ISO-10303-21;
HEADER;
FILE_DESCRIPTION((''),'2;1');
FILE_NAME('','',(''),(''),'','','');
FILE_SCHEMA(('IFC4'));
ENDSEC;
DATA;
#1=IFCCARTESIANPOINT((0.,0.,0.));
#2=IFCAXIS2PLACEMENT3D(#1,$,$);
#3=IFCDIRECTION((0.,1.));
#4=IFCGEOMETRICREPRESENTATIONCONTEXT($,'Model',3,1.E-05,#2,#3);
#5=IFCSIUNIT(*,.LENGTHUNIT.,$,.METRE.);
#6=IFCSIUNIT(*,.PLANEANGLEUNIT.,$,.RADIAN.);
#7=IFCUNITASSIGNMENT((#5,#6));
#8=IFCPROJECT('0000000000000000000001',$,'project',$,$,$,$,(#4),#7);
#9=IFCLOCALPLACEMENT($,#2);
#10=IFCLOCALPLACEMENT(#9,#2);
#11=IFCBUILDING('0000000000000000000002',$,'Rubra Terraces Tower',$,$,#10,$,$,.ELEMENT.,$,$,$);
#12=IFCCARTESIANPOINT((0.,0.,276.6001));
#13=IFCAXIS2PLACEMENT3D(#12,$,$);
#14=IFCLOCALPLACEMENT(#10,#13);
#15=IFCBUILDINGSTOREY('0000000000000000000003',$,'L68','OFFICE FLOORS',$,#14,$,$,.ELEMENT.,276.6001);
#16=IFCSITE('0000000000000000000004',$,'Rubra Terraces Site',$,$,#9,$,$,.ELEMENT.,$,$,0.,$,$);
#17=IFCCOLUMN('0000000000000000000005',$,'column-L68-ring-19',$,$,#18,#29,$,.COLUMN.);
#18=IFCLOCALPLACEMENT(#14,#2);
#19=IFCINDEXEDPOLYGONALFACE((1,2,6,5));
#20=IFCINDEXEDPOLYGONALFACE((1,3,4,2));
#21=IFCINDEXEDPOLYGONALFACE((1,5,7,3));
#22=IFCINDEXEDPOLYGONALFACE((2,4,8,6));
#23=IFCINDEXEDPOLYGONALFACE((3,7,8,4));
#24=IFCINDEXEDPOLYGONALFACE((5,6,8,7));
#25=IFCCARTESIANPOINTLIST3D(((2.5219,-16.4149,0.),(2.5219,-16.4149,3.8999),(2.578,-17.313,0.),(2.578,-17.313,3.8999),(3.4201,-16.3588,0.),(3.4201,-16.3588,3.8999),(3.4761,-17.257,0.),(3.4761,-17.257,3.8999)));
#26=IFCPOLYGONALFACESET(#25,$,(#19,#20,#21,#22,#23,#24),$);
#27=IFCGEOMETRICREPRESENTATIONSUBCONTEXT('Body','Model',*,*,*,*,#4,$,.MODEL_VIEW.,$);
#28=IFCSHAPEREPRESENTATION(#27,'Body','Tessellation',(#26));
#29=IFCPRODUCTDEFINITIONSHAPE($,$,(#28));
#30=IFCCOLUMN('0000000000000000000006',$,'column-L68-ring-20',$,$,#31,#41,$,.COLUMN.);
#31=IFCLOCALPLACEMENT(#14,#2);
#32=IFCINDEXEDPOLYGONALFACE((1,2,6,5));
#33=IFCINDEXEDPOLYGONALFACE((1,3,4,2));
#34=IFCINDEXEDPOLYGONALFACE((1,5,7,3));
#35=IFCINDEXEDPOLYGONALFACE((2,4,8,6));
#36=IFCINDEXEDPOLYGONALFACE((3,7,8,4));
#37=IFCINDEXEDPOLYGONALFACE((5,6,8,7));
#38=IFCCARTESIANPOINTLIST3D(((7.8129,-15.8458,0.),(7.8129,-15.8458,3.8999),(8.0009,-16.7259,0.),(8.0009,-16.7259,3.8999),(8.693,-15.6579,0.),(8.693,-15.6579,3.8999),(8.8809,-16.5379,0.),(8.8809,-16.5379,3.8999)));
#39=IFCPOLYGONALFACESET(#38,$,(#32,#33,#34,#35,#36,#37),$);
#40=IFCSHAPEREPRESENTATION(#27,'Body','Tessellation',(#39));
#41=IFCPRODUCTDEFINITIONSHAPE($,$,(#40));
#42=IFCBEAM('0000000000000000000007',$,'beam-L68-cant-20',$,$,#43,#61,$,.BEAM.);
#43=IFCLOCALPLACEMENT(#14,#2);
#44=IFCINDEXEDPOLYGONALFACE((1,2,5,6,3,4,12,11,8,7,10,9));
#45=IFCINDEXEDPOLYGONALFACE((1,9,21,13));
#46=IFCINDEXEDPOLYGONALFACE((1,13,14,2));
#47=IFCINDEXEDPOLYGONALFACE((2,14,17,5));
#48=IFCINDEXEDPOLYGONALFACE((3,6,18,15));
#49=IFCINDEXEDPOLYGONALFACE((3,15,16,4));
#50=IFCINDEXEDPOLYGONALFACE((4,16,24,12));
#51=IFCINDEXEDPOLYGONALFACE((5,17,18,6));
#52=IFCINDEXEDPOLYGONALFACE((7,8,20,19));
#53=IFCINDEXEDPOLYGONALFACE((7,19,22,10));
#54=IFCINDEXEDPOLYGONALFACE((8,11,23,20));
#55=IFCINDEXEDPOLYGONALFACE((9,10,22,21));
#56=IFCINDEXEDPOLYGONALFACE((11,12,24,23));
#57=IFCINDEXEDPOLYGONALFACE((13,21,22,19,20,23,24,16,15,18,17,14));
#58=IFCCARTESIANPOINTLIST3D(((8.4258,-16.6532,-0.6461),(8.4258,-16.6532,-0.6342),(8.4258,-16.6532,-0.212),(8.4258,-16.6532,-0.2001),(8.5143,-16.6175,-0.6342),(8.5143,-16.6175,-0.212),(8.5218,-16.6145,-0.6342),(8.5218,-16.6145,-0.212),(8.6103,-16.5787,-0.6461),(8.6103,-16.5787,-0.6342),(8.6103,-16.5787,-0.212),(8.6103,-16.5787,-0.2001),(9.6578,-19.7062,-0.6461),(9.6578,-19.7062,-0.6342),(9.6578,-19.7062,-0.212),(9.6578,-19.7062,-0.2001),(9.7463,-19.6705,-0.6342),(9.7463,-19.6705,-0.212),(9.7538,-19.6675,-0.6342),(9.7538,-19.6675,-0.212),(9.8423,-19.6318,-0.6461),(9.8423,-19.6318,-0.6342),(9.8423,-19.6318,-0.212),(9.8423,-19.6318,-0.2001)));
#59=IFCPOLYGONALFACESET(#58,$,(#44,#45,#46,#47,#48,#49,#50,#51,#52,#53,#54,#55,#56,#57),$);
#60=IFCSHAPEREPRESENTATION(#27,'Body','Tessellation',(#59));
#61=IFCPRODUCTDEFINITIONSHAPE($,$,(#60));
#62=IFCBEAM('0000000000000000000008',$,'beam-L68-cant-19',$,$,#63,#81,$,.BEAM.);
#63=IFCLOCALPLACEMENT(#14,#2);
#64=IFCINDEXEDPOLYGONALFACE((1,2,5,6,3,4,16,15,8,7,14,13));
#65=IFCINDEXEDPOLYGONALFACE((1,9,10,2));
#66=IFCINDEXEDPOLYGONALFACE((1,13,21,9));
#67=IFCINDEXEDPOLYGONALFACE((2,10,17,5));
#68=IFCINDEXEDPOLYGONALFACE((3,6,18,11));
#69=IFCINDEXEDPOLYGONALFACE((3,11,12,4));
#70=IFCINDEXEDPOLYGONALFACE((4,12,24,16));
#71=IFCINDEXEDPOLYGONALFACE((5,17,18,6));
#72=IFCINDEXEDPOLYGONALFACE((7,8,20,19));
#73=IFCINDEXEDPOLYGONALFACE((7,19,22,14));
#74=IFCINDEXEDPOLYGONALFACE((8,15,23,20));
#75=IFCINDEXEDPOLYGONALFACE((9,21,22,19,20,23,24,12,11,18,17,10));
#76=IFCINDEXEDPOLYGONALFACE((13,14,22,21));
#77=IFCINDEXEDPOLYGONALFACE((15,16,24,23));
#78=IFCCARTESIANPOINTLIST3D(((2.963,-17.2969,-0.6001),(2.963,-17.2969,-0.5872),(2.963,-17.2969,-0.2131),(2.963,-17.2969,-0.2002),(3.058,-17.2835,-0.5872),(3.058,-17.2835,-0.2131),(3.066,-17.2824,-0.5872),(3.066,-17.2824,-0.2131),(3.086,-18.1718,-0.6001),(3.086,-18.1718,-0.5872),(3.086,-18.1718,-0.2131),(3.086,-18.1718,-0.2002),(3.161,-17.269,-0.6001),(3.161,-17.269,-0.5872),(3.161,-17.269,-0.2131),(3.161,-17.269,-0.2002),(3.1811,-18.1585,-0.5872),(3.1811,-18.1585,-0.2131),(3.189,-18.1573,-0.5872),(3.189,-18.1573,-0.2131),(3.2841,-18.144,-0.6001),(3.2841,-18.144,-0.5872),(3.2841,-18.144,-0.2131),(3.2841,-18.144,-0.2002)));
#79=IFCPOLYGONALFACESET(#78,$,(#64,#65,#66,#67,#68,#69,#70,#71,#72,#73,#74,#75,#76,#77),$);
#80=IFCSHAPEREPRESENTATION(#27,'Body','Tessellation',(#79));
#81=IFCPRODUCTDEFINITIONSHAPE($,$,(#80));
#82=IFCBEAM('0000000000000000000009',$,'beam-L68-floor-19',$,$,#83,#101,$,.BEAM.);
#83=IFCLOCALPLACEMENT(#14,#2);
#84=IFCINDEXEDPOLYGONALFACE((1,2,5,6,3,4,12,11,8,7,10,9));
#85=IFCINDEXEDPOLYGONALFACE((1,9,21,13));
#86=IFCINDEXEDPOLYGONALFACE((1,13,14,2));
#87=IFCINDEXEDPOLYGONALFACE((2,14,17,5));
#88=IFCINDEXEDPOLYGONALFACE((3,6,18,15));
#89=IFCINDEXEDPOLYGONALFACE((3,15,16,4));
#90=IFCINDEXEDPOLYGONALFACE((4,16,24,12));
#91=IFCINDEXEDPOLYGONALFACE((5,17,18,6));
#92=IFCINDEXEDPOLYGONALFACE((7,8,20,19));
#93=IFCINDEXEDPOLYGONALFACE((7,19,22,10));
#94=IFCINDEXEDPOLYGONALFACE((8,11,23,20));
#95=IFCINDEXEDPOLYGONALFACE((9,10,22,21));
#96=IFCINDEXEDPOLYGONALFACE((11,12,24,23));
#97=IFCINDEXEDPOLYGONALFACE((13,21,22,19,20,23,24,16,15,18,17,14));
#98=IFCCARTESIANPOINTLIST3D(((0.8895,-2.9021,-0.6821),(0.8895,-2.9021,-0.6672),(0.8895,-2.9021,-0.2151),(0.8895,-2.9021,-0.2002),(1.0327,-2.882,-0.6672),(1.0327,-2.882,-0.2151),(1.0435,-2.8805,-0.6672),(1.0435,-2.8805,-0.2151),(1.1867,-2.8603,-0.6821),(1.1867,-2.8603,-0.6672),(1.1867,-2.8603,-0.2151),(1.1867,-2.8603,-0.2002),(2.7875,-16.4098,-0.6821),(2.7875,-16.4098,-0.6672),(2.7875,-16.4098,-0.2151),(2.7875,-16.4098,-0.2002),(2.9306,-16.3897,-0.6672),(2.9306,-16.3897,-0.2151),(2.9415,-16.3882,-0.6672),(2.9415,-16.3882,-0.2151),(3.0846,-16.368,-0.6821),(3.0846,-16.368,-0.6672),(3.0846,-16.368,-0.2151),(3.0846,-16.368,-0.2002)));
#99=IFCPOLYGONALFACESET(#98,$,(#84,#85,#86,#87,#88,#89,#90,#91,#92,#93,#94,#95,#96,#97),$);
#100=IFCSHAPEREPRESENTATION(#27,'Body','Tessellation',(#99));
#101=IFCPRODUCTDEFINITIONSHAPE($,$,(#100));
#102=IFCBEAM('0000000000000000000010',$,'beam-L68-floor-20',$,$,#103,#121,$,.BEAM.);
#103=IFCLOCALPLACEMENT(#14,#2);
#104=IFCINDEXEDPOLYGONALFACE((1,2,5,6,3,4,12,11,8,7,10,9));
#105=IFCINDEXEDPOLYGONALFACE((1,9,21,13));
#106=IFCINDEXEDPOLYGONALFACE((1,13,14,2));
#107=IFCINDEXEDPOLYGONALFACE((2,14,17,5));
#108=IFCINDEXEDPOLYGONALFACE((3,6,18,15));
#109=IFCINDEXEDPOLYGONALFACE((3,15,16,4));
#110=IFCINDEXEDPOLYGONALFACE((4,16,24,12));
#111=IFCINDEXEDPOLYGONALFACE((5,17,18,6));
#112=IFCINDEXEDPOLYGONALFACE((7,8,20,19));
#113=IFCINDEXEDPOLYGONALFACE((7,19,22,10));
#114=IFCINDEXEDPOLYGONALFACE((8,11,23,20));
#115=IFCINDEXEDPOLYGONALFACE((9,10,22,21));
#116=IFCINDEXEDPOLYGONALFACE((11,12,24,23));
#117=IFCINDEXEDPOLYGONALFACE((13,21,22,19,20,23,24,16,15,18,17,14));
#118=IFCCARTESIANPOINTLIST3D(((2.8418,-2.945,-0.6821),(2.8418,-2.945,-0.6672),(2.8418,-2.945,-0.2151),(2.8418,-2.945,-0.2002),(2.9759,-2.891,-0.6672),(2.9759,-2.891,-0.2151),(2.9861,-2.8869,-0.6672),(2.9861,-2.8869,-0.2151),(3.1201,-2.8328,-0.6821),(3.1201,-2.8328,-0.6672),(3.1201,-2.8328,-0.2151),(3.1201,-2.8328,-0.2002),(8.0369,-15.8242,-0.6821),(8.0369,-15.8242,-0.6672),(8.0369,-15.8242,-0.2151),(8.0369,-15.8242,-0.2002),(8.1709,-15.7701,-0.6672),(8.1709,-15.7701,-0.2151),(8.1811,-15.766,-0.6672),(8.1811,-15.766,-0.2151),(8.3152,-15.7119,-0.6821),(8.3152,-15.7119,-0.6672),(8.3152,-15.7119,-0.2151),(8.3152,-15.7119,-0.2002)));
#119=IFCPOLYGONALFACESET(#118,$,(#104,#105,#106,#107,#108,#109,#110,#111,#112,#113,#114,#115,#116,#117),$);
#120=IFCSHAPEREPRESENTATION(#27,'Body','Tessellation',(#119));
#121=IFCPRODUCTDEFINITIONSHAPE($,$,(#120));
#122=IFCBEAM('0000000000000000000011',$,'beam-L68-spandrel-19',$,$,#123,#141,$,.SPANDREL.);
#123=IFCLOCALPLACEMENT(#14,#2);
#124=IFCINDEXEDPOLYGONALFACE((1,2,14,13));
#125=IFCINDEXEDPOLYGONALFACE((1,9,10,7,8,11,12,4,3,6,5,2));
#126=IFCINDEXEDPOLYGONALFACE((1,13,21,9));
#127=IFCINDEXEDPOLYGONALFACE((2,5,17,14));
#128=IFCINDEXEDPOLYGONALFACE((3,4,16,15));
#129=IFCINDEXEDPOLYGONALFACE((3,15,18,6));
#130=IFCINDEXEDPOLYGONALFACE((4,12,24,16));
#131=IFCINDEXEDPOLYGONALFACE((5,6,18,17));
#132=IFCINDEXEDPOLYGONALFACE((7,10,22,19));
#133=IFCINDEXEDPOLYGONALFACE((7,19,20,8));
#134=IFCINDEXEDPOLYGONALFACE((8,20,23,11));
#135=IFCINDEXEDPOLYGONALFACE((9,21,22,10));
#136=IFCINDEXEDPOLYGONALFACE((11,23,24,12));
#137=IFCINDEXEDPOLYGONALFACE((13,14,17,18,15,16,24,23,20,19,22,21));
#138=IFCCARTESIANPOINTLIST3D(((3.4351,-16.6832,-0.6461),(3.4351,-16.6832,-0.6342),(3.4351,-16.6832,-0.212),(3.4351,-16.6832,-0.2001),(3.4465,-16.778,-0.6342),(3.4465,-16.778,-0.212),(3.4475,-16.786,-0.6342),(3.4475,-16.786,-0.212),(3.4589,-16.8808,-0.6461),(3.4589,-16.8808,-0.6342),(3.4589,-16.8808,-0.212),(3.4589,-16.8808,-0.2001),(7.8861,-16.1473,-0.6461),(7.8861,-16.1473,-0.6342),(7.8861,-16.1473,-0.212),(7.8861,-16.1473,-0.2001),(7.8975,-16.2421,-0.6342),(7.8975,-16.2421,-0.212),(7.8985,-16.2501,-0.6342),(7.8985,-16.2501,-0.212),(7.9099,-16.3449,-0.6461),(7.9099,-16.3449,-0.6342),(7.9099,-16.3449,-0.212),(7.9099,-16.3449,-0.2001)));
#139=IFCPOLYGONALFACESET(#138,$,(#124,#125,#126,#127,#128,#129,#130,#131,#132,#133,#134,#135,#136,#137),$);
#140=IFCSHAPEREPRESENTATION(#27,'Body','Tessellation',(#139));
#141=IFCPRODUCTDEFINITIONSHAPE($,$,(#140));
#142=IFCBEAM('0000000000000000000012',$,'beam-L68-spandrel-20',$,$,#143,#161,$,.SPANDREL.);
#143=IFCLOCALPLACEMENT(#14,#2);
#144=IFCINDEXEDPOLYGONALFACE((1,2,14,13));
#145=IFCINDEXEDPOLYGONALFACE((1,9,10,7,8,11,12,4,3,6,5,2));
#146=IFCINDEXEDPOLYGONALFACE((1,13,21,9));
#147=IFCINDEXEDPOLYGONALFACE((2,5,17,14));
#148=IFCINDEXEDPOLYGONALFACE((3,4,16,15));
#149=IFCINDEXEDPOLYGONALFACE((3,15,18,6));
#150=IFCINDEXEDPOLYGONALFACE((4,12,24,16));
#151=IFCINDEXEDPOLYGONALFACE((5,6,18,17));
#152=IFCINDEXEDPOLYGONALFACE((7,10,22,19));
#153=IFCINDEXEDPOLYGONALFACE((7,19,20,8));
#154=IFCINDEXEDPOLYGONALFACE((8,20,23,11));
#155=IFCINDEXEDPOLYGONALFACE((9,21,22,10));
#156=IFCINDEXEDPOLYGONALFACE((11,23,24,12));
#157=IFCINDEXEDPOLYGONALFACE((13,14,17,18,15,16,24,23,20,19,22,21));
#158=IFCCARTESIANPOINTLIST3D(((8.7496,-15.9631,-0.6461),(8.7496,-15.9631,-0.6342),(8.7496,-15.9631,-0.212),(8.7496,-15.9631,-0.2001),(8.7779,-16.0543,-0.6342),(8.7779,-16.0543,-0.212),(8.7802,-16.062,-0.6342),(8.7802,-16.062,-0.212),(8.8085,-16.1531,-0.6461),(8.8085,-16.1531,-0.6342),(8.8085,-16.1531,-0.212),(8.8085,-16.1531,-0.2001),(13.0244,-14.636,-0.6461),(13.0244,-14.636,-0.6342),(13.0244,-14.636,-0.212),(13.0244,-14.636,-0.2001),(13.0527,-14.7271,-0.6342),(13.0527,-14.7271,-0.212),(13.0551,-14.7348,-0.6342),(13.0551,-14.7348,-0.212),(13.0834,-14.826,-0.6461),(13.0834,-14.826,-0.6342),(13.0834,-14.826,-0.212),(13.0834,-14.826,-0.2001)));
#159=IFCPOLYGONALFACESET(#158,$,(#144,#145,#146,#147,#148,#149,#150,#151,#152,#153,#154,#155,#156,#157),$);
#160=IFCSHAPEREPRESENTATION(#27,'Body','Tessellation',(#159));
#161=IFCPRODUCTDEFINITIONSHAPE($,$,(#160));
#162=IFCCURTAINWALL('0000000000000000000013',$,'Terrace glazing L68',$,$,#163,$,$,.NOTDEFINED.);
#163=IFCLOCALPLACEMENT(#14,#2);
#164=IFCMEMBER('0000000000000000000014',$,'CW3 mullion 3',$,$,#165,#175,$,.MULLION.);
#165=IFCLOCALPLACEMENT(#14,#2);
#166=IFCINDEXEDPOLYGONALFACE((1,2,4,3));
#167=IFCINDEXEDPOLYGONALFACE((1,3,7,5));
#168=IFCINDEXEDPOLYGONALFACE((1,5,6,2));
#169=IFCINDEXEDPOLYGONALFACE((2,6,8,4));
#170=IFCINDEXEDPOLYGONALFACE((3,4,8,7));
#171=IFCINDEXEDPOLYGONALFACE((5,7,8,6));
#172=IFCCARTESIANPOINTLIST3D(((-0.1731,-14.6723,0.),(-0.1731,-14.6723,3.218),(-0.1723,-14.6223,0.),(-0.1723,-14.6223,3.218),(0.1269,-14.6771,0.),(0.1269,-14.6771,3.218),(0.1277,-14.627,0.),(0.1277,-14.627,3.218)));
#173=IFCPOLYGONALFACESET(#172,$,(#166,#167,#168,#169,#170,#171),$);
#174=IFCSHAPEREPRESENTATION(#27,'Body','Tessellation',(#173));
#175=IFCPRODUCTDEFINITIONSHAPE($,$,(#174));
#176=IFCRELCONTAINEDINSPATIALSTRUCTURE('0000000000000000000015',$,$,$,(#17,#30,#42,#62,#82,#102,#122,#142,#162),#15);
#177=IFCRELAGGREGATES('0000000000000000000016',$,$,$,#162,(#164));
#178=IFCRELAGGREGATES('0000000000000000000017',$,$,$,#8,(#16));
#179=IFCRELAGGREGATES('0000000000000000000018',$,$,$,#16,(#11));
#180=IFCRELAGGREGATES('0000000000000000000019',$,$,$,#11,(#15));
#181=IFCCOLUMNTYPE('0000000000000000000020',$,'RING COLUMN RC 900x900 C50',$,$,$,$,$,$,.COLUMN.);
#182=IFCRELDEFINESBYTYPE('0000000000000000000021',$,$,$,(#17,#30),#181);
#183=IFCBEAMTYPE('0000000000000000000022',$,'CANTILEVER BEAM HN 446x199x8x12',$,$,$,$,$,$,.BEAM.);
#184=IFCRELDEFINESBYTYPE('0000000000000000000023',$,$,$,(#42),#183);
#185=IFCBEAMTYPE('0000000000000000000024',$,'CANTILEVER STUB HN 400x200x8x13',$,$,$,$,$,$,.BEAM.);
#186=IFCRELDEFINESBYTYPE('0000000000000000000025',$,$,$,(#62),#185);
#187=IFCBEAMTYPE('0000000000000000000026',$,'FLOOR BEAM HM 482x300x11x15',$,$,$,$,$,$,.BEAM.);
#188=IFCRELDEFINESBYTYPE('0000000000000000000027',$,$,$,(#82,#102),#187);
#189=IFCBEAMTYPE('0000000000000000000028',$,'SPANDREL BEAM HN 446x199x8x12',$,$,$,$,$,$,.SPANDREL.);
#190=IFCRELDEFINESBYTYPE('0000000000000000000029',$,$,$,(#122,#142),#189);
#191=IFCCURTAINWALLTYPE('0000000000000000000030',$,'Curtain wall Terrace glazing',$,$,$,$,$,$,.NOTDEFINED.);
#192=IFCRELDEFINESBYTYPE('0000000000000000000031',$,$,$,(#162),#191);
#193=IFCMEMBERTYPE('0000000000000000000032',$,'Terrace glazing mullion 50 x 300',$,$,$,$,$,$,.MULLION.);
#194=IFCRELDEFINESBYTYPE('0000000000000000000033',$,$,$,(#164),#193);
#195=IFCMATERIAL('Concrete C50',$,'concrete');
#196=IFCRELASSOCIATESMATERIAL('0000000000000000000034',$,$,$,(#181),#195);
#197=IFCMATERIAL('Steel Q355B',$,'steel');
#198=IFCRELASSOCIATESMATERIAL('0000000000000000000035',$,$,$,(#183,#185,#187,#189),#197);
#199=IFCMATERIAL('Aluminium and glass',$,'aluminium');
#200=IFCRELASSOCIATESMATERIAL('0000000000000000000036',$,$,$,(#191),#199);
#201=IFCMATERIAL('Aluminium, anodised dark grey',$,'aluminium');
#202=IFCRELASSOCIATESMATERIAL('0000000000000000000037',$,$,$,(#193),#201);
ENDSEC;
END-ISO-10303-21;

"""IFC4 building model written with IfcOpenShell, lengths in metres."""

from ifc_helpers import new_model, si_unit, direction, frame, origin, origin_2d, place, context, subcontext, project, spatial, rectangle, i_section, extrude, material, material_profile, profile_set, type_object, element, aggregate, save


model = new_model("IFC4")

# Units and contexts
model_context = context("Model", 3, precision=1e-05, world=origin(), true_north=direction((0.0, 1.0)))
body_context = subcontext(model_context, "Body", "Model", "MODEL_VIEW")
ifc_project = project(units=[si_unit("LENGTHUNIT", "METRE"), si_unit("PLANEANGLEUNIT", "RADIAN")], contexts=[model_context])

# Site, building, storey
site_placement = place(None, origin())
site = spatial("IfcSite", under=ifc_project, at=site_placement, Name="Rubra Terraces Site", CompositionType="ELEMENT", RefElevation=0.0)
building_placement = place(site_placement, origin())
building = spatial("IfcBuilding", under=site, at=building_placement, Name="Rubra Terraces Tower", CompositionType="ELEMENT")
storey_placement = place(building_placement, frame((0.0, 0.0, 276.6001)))
storey = spatial("IfcBuildingStorey", under=building, at=storey_placement, Name="L68", Description="OFFICE FLOORS", CompositionType="ELEMENT", Elevation=276.6001)

# Columns
ifc_material_1 = material(Name="Concrete C50", Category="concrete")
ifc_material_profile_1 = material_profile(ifc_material_1, rectangle(XDim=0.8999, YDim=0.8999, at=origin_2d()), Name="RC 900x900")
ifc_profile_set_1 = profile_set([ifc_material_profile_1], Name="Concrete C50")
column_type = type_object("IfcColumnType", Name="RING COLUMN RC 900x900 C50", PredefinedType="COLUMN", material=ifc_profile_set_1)
for number, where, z_axis, x_axis, name in (
    (1, (2.999, -16.8359, 0.0), (0.0, 0.0, 1.0), (0.998059, 0.062268, 0.0), "column-L68-ring-19"),
    (2, (8.3469, -16.1919, 0.0), (0.0, 0.0, 1.0), (0.977944, 0.208867, 0.0), "column-L68-ring-20"),
):
    element("IfcColumn", number, at=place(storey_placement, frame(where, z_axis=z_axis, x_axis=x_axis)), inside=storey, type_object=column_type, Name=name, PredefinedType="COLUMN", context=body_context, shape_type="SweptSolid", body=[
        extrude(rectangle(XDim=0.8999, YDim=0.8999, at=origin_2d()), origin(), (0.0, 0.0, 1.0), 3.8999),
    ])

# Beams
ifc_material_2 = material(Name="Steel Q355B", Category="steel")
ifc_material_profile_2 = material_profile(ifc_material_2, i_section(OverallWidth=0.199, OverallDepth=0.446, WebThickness=0.0081, FlangeThickness=0.012, at=origin_2d()), Name="HN 446x199x8x12")
ifc_profile_set_2 = profile_set([ifc_material_profile_2], Name="Steel Q355B")
beam_type_1 = type_object("IfcBeamType", Name="CANTILEVER BEAM HN 446x199x8x12", PredefinedType="BEAM", material=ifc_profile_set_2)
beam_1_placement = place(storey_placement, frame((8.5181, -16.616, -0.4231), z_axis=(0.374202, -0.927347, 0.0), x_axis=(0.927347, 0.374202, 0.0)))
element("IfcBeam", 3, at=beam_1_placement, inside=storey, type_object=beam_type_1, Name="beam-L68-cant-20", PredefinedType="BEAM", context=body_context, shape_type="SweptSolid", body=[
    extrude(i_section(OverallWidth=0.199, OverallDepth=0.446, WebThickness=0.0081, FlangeThickness=0.012, at=origin_2d()), origin(), (0.0, 0.0, 1.0), 3.2922),
])
ifc_material_profile_3 = material_profile(ifc_material_2, i_section(OverallWidth=0.2, OverallDepth=0.3999, WebThickness=0.0081, FlangeThickness=0.0129, at=origin_2d()), Name="HN 400x200x8x13")
ifc_profile_set_3 = profile_set([ifc_material_profile_3], Name="Steel Q355B")
beam_type_2 = type_object("IfcBeamType", Name="CANTILEVER STUB HN 400x200x8x13", PredefinedType="BEAM", material=ifc_profile_set_3)
beam_2_placement = place(storey_placement, frame((3.062, -17.283, -0.4001), z_axis=(0.139255, -0.990257, 0.0), x_axis=(0.990257, 0.139255, 0.0)))
element("IfcBeam", 4, at=beam_2_placement, inside=storey, type_object=beam_type_2, Name="beam-L68-cant-19", PredefinedType="BEAM", context=body_context, shape_type="SweptSolid", body=[
    extrude(i_section(OverallWidth=0.2, OverallDepth=0.3999, WebThickness=0.0081, FlangeThickness=0.0129, at=origin_2d()), origin(), (0.0, 0.0, 1.0), 0.8835),
])
ifc_material_profile_4 = material_profile(ifc_material_2, i_section(OverallWidth=0.3, OverallDepth=0.4819, WebThickness=0.011, FlangeThickness=0.0149, at=origin_2d()), Name="HM 482x300x11x15")
ifc_profile_set_4 = profile_set([ifc_material_profile_4], Name="Steel Q355B")
beam_type_3 = type_object("IfcBeamType", Name="FLOOR BEAM HM 482x300x11x15", PredefinedType="BEAM", material=ifc_profile_set_4)
beam_3_placement = place(storey_placement, frame((2.936, -16.3889, -0.4412), z_axis=(-0.139141, 0.990273, 0.0), x_axis=(-0.990273, -0.139141, 0.0)))
element("IfcBeam", 5, at=beam_3_placement, inside=storey, type_object=beam_type_3, Name="beam-L68-floor-19", PredefinedType="BEAM", context=body_context, shape_type="SweptSolid", body=[
    extrude(i_section(OverallWidth=0.3, OverallDepth=0.4819, WebThickness=0.011, FlangeThickness=0.0149, at=origin_2d()), origin(), (0.0, 0.0, 1.0), 13.6404),
])
beam_4_placement = place(storey_placement, frame((8.176, -15.7681, -0.4412), z_axis=(-0.374084, 0.927395, 0.0), x_axis=(-0.927395, -0.374084, 0.0)))
element("IfcBeam", 6, at=beam_4_placement, inside=storey, type_object=beam_type_3, Name="beam-L68-floor-20", PredefinedType="BEAM", context=body_context, shape_type="SweptSolid", body=[
    extrude(i_section(OverallWidth=0.3, OverallDepth=0.4819, WebThickness=0.011, FlangeThickness=0.0149, at=origin_2d()), origin(), (0.0, 0.0, 1.0), 13.8875),
])
ifc_material_profile_5 = material_profile(ifc_material_2, i_section(OverallWidth=0.199, OverallDepth=0.446, WebThickness=0.0081, FlangeThickness=0.012, at=origin_2d()), Name="HN 446x199x8x12")
ifc_profile_set_5 = profile_set([ifc_material_profile_5], Name="Steel Q355B")
beam_type_4 = type_object("IfcBeamType", Name="SPANDREL BEAM HN 446x199x8x12", PredefinedType="SPANDREL", material=ifc_profile_set_5)
beam_5_placement = place(storey_placement, frame((3.447, -16.782, -0.4231), z_axis=(0.99283, 0.119536, 0.0), x_axis=(-0.119536, 0.99283, 0.0)))
element("IfcBeam", 7, at=beam_5_placement, inside=storey, type_object=beam_type_4, Name="beam-L68-spandrel-19", PredefinedType="SPANDREL", context=body_context, shape_type="SweptSolid", body=[
    extrude(i_section(OverallWidth=0.199, OverallDepth=0.446, WebThickness=0.0081, FlangeThickness=0.012, at=origin_2d()), origin(), (0.0, 0.0, 1.0), 4.4832),
])
beam_6_placement = place(storey_placement, frame((8.7791, -16.0581, -0.4231), z_axis=(0.955035, 0.296492, 0.0), x_axis=(-0.296492, 0.955035, 0.0)))
element("IfcBeam", 8, at=beam_6_placement, inside=storey, type_object=beam_type_4, Name="beam-L68-spandrel-20", PredefinedType="SPANDREL", context=body_context, shape_type="SweptSolid", body=[
    extrude(i_section(OverallWidth=0.199, OverallDepth=0.446, WebThickness=0.0081, FlangeThickness=0.012, at=origin_2d()), origin(), (0.0, 0.0, 1.0), 4.4761),
])

# Curtain wall, member
ifc_material_3 = material(Name="Aluminium and glass", Category="aluminium")
curtain_wall_type = type_object("IfcCurtainWallType", Name="Curtain wall Terrace glazing", PredefinedType="NOTDEFINED", material=ifc_material_3)
curtain_wall_placement = place(storey_placement, origin())
curtain_wall = element("IfcCurtainWall", 9, at=curtain_wall_placement, inside=storey, type_object=curtain_wall_type, Name="Terrace glazing L68", PredefinedType="NOTDEFINED")
ifc_material_4 = material(Name="Aluminium, anodised dark grey", Category="aluminium")
ifc_material_profile_6 = material_profile(ifc_material_4, rectangle(XDim=0.05, YDim=0.3, at=origin_2d()), Name="AL 50x300")
ifc_profile_set_6 = profile_set([ifc_material_profile_6], Name="Aluminium, anodised dark grey")
member_type = type_object("IfcMemberType", Name="Terrace glazing mullion 50 x 300", PredefinedType="MULLION", material=ifc_profile_set_6)
member_placement = place(storey_placement, frame((-0.0227, -14.6497, 0.0), z_axis=(0.0, 0.0, 1.0), x_axis=(0.015824, 0.999875, 0.0)))
member = element("IfcMember", 10, at=member_placement, type_object=member_type, Name="CW3 mullion 3", PredefinedType="MULLION", context=body_context, shape_type="SweptSolid", body=[
    extrude(rectangle(XDim=0.05, YDim=0.3, at=origin_2d()), origin(), (0.0, 0.0, 1.0), 3.218),
])
aggregate(curtain_wall, [member])

save(model, "model.ifc")
